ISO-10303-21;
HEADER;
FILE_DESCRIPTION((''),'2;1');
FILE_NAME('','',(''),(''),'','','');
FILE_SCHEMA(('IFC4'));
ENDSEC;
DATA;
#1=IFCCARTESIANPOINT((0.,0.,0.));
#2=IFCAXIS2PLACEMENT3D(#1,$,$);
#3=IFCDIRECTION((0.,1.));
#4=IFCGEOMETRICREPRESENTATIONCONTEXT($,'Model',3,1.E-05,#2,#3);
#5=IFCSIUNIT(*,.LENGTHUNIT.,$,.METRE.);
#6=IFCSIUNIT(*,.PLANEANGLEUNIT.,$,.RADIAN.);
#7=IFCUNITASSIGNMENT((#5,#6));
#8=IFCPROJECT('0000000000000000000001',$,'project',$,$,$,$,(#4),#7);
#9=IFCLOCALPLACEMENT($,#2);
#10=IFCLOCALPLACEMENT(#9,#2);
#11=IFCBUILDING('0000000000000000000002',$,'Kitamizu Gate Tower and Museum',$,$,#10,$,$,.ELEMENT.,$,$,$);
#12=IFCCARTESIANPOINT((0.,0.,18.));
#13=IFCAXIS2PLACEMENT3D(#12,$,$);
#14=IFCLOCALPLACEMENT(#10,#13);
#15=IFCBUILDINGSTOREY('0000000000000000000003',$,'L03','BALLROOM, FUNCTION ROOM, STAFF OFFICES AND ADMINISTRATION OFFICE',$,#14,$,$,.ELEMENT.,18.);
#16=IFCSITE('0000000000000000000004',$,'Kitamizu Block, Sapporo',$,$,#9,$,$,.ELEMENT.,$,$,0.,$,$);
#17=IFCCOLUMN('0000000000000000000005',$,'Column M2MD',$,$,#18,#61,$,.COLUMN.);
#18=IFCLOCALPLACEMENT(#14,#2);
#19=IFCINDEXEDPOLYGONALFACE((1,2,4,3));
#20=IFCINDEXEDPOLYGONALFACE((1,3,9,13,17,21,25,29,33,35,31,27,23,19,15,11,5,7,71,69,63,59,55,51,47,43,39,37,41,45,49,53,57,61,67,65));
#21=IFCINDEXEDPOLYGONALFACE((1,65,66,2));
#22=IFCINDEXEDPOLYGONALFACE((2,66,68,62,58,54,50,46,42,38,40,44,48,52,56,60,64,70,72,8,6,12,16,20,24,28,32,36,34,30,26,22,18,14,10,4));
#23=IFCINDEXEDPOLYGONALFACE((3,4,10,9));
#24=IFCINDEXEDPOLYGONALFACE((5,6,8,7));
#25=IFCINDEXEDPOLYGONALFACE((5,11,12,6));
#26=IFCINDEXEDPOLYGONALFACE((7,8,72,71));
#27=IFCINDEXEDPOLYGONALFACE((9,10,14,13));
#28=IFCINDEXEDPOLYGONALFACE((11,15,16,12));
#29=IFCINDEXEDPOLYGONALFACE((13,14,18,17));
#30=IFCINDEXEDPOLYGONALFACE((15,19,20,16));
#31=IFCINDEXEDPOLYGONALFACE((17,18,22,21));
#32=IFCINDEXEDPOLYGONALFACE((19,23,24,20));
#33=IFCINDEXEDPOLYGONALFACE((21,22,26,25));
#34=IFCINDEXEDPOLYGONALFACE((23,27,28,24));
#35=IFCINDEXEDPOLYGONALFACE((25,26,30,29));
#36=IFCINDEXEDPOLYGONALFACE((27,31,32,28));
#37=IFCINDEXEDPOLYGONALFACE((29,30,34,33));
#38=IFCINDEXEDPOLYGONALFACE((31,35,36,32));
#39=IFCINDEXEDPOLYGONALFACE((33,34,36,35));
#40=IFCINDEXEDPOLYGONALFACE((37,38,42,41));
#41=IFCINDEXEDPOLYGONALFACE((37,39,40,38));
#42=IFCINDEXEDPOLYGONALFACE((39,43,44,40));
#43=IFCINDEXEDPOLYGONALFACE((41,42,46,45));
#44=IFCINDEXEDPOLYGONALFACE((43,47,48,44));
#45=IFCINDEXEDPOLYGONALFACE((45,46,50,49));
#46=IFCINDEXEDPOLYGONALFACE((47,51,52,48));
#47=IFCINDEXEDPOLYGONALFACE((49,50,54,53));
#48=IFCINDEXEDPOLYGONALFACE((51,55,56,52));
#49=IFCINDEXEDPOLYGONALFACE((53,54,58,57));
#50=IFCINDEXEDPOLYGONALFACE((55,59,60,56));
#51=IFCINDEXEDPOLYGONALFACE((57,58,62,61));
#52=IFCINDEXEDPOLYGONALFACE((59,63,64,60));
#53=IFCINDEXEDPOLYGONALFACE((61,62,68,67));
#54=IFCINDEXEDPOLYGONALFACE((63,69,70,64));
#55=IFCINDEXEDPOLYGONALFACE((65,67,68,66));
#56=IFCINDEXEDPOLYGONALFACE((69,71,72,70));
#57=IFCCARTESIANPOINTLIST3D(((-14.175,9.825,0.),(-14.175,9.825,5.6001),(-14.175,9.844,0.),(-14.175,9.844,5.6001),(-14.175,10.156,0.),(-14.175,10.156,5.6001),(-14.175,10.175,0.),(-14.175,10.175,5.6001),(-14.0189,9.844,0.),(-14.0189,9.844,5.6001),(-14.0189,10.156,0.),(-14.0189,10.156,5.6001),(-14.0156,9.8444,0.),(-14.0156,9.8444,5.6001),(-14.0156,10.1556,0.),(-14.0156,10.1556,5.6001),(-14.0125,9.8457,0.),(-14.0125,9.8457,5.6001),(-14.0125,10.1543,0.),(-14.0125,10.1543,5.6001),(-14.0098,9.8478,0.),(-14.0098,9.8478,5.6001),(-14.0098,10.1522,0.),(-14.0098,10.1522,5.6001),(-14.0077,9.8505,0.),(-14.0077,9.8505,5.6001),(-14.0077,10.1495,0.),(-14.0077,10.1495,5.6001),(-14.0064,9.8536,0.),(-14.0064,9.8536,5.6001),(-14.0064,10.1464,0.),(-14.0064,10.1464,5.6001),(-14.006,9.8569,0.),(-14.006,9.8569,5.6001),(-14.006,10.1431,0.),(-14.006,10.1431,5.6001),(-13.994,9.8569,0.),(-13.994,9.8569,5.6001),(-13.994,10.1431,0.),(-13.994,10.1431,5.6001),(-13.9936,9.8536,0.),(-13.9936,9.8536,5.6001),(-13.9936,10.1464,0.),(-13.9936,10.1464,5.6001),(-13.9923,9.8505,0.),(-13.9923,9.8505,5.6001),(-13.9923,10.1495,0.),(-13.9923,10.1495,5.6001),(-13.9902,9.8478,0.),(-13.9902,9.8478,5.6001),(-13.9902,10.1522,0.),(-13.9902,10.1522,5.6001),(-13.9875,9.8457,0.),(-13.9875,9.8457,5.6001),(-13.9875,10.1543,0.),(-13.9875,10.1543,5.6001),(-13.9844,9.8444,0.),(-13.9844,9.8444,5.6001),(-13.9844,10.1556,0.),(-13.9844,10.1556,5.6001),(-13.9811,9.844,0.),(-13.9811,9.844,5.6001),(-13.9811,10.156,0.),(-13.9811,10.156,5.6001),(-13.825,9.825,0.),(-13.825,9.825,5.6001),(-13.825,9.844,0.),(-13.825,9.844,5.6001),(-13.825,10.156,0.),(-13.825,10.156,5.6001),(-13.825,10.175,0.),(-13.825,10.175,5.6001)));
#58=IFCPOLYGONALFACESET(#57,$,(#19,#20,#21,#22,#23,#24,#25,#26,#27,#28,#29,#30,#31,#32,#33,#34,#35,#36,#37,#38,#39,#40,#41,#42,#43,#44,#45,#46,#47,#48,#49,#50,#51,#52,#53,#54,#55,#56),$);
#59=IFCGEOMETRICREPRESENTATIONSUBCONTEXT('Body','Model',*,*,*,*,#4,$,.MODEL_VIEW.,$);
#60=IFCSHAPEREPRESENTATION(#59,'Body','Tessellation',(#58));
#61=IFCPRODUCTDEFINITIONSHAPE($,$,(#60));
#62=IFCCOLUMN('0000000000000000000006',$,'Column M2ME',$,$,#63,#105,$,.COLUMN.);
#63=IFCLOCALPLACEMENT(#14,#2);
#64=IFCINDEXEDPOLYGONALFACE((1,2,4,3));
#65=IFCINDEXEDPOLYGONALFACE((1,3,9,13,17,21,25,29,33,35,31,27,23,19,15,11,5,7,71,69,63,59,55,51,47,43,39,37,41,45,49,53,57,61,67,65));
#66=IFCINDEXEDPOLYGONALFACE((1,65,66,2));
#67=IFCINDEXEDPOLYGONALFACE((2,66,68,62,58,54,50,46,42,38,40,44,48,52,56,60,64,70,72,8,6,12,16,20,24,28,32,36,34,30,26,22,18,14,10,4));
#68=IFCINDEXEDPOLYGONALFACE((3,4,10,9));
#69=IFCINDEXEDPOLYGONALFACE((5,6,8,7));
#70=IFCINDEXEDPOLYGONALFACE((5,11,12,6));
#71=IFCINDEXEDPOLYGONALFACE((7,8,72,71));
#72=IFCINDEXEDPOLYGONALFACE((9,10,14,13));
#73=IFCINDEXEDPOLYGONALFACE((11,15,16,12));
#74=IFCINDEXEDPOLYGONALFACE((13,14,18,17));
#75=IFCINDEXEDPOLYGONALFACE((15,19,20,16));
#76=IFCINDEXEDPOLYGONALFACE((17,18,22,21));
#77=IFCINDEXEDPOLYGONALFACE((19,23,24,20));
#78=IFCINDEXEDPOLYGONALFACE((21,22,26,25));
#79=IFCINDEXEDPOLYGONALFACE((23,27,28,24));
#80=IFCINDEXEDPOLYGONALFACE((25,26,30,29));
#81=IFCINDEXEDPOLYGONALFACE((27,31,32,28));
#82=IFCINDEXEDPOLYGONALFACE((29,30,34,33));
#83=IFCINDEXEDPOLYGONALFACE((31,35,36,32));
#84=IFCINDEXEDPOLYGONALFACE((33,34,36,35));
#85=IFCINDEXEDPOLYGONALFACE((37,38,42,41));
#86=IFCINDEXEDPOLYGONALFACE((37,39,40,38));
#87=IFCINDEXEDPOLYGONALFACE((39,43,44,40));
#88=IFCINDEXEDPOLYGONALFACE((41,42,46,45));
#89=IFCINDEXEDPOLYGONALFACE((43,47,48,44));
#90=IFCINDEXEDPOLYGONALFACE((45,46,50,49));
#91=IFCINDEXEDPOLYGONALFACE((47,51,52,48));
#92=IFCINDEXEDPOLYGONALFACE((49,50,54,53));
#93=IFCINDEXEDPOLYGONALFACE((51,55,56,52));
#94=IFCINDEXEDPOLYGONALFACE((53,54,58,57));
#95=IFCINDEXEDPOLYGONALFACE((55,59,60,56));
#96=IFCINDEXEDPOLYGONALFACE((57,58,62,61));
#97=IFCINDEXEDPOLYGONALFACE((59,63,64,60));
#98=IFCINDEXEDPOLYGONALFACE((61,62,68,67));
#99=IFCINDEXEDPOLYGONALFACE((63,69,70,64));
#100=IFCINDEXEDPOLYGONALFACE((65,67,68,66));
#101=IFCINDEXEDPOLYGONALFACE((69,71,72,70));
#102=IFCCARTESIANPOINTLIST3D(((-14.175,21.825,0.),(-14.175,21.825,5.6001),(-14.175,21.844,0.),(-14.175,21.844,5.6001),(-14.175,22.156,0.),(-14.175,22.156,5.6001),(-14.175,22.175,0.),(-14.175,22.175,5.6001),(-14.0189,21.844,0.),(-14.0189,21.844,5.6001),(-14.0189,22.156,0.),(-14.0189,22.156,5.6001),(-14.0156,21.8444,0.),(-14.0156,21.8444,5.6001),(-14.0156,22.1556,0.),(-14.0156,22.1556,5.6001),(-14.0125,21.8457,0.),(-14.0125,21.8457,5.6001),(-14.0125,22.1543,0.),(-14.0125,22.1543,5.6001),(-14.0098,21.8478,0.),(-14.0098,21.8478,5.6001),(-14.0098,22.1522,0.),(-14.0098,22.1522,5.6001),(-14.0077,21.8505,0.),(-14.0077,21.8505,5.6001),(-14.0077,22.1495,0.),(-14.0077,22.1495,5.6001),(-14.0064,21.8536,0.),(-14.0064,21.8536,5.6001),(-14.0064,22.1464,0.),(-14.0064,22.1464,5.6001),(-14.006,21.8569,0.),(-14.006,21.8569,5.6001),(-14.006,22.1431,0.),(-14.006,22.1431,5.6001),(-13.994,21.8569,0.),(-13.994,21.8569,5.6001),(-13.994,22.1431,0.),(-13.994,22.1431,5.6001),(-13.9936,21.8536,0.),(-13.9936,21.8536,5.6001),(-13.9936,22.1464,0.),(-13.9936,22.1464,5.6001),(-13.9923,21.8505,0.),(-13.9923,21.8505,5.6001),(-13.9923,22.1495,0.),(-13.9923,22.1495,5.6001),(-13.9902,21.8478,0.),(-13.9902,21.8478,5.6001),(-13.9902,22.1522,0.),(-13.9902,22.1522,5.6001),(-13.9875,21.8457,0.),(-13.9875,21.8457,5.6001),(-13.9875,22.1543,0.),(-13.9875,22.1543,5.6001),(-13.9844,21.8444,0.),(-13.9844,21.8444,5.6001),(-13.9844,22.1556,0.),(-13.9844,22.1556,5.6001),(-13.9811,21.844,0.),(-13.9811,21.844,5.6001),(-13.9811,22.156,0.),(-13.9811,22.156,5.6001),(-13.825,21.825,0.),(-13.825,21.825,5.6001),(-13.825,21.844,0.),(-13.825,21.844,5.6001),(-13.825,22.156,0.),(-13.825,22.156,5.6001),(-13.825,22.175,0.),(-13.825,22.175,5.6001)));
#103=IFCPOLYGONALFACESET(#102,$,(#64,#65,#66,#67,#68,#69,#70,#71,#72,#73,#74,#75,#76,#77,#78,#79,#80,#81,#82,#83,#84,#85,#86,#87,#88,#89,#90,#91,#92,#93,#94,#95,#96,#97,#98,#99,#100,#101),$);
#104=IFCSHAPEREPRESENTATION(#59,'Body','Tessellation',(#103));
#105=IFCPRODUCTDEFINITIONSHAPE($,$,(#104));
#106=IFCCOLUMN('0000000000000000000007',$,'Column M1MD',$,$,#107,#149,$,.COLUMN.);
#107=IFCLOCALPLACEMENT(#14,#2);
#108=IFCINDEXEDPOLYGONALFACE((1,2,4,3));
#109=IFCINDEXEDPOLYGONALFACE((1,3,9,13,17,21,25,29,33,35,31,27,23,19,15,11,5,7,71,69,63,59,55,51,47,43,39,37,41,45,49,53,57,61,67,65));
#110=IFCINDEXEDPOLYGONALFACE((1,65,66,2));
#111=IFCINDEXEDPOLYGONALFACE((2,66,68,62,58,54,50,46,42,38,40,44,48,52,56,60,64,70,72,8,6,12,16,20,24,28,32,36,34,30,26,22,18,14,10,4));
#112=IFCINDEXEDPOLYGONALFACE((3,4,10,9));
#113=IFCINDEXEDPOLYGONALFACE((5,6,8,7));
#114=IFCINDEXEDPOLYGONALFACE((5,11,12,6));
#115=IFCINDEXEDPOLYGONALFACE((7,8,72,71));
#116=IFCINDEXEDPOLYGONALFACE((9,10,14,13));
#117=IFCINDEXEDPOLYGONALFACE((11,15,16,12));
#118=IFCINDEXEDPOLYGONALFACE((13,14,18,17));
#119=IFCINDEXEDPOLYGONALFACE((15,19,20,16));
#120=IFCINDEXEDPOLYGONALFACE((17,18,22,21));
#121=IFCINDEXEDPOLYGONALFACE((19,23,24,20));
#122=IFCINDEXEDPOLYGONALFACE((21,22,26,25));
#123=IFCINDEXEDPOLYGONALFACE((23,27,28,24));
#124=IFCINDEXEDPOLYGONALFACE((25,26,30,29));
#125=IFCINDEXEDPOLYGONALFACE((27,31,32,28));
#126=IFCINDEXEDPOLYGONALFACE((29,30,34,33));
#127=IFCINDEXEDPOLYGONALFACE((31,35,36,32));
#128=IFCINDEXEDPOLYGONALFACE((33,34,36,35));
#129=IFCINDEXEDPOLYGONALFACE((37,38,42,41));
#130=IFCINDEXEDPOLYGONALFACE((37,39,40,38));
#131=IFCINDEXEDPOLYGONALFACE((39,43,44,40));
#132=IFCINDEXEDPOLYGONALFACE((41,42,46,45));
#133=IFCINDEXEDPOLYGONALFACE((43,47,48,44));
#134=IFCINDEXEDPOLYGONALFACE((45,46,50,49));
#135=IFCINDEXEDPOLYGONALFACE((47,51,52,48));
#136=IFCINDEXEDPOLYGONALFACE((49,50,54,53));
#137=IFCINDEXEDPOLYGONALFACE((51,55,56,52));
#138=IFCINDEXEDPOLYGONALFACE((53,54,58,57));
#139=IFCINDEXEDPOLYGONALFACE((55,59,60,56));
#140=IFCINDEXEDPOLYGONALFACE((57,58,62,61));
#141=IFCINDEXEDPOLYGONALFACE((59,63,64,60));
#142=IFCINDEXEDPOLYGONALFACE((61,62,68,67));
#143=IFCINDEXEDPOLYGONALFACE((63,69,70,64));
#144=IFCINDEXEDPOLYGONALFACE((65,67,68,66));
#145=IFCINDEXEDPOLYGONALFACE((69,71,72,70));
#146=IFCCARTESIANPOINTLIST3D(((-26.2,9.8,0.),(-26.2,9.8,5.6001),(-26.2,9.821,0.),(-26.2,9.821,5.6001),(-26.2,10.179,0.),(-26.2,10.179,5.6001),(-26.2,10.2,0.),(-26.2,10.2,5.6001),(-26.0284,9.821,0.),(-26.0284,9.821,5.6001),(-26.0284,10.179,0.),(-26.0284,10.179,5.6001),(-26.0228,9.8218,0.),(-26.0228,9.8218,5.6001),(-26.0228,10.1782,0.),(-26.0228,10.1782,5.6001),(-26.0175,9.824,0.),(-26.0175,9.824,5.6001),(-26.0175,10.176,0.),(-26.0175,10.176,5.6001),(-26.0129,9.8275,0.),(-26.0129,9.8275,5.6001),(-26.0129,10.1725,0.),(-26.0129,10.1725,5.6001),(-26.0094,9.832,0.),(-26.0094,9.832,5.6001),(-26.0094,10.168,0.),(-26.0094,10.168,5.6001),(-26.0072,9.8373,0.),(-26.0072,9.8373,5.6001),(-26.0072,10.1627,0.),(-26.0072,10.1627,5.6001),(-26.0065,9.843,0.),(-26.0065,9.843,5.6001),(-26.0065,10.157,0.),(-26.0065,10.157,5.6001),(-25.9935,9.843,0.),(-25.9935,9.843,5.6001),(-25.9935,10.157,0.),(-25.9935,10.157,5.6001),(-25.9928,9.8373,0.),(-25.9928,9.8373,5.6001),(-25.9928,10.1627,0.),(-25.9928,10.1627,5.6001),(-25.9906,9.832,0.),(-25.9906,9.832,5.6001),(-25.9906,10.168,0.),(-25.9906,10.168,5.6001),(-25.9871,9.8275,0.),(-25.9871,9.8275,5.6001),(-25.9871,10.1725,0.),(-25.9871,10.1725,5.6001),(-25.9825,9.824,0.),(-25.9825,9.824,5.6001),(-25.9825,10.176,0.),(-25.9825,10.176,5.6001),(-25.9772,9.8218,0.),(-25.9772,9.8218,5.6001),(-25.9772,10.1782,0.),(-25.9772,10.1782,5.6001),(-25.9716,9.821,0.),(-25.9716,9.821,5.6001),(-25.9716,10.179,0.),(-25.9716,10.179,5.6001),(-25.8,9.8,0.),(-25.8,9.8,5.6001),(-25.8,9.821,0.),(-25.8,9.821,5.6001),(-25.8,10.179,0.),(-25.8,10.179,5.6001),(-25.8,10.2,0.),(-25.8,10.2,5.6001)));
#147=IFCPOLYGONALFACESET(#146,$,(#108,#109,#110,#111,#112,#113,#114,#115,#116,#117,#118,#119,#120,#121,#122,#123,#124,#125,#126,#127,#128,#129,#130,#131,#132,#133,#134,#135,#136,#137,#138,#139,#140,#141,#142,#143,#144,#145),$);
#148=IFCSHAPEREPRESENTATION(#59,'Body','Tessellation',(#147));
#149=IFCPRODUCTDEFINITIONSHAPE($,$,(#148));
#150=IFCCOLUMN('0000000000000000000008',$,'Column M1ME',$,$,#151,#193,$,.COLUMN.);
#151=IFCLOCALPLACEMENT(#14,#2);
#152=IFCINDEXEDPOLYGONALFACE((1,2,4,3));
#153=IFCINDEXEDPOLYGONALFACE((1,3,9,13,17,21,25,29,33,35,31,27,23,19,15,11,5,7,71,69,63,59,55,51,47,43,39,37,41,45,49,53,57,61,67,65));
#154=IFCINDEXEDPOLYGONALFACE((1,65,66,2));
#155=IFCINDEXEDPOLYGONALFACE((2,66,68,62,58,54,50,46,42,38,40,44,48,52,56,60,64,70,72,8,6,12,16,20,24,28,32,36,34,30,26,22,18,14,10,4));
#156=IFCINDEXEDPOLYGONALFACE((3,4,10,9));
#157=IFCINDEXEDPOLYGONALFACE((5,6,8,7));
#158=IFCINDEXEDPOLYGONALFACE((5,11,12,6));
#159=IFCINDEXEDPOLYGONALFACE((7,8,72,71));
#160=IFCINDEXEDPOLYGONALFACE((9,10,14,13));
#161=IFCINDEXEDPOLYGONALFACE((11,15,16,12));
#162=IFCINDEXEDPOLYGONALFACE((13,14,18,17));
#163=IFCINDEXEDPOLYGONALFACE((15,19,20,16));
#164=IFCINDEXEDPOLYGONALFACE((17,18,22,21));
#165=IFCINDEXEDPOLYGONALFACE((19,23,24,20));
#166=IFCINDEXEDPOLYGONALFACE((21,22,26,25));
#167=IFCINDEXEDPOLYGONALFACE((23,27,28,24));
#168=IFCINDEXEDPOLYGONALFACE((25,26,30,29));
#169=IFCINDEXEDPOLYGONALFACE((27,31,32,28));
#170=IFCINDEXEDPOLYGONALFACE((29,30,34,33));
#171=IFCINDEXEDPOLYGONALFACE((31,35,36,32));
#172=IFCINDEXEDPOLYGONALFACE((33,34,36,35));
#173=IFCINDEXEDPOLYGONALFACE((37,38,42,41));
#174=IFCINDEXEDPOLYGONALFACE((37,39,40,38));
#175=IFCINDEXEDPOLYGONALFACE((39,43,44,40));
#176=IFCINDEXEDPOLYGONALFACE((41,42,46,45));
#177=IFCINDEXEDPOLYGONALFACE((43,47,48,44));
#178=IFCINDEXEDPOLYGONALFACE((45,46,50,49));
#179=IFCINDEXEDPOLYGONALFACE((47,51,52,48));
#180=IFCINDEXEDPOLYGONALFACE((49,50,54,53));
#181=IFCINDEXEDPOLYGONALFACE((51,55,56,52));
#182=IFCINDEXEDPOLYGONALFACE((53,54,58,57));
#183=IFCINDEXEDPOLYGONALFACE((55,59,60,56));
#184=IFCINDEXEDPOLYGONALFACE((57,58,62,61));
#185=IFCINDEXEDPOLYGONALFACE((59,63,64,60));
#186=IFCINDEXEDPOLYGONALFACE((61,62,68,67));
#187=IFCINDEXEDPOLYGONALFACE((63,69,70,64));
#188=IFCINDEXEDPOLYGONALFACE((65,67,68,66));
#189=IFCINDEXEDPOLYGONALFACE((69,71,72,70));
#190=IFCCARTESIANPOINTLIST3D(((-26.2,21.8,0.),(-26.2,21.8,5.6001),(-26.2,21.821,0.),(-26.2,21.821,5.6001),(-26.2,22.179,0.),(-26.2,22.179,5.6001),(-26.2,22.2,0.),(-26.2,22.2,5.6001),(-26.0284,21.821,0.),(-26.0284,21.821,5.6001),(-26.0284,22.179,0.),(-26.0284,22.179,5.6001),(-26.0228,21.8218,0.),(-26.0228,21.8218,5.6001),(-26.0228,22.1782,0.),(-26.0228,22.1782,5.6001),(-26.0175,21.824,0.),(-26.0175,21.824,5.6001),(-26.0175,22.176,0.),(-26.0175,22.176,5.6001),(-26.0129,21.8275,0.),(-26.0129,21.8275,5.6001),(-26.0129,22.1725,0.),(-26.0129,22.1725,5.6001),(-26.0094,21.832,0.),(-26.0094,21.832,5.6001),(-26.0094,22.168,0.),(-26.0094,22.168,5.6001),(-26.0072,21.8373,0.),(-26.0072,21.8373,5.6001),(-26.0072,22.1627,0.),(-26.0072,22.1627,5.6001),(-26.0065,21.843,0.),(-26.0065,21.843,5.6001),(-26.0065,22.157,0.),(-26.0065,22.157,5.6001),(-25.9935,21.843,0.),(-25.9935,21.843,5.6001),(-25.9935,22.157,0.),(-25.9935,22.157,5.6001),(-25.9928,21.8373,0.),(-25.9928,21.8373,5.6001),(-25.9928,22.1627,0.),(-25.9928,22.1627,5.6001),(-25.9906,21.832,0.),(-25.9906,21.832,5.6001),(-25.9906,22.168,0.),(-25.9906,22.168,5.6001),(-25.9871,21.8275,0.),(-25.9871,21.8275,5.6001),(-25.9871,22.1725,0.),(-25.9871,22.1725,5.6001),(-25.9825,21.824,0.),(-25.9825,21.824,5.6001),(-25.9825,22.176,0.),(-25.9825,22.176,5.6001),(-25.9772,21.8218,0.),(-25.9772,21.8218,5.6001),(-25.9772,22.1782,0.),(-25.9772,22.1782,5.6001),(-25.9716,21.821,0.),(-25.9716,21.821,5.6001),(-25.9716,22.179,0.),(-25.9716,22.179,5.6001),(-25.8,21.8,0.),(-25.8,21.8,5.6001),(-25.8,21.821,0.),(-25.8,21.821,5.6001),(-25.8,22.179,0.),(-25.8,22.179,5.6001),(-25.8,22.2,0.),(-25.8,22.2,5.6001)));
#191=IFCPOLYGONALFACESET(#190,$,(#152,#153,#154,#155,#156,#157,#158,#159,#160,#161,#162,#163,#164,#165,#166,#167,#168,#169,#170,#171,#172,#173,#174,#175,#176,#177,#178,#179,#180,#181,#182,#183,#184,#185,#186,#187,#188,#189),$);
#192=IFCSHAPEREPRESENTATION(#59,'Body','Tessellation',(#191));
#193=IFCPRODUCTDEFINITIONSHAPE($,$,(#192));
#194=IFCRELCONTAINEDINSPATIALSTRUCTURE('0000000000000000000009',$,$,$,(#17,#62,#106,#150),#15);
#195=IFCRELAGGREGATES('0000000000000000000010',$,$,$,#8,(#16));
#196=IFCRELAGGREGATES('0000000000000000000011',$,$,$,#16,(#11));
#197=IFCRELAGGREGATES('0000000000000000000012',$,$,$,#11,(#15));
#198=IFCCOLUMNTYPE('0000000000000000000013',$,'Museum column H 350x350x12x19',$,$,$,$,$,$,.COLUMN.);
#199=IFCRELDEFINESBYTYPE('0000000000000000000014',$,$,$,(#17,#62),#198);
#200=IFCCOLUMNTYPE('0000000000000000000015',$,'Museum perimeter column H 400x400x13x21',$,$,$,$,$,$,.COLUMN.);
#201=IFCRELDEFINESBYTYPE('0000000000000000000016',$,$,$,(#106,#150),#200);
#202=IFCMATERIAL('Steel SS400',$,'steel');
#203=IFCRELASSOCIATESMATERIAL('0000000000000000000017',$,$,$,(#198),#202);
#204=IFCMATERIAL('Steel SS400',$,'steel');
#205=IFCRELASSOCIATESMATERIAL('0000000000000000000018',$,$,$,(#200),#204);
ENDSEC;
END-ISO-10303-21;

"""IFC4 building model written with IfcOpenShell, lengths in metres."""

from ifc_helpers import new_model, si_unit, direction, frame, origin, origin_2d, place, context, subcontext, project, spatial, i_section, extrude, material, material_profile, profile_set, type_object, element, save


model = new_model("IFC4")

# Units and contexts
model_context = context("Model", 3, precision=1e-05, world=origin(), true_north=direction((0.0, 1.0)))
body_context = subcontext(model_context, "Body", "Model", "MODEL_VIEW")
ifc_project = project(units=[si_unit("LENGTHUNIT", "METRE"), si_unit("PLANEANGLEUNIT", "RADIAN")], contexts=[model_context])

# Site, building, storey
site_placement = place(None, origin())
site = spatial("IfcSite", under=ifc_project, at=site_placement, Name="Kitamizu Block, Sapporo", CompositionType="ELEMENT", RefElevation=0.0)
building_placement = place(site_placement, origin())
building = spatial("IfcBuilding", under=site, at=building_placement, Name="Kitamizu Gate Tower and Museum", CompositionType="ELEMENT")
storey_placement = place(building_placement, frame((0.0, 0.0, 18.0)))
storey = spatial("IfcBuildingStorey", under=building, at=storey_placement, Name="L03", Description="BALLROOM, FUNCTION ROOM, STAFF OFFICES AND ADMINISTRATION OFFICE", CompositionType="ELEMENT", Elevation=18.0)

# Columns
ifc_material_1 = material(Name="Steel SS400", Category="steel")
ifc_material_profile_1 = material_profile(ifc_material_1, i_section(OverallWidth=0.3501, OverallDepth=0.3501, WebThickness=0.012, FlangeThickness=0.019, FilletRadius=0.0129, at=origin_2d()), Name="H-350x350x12x19")
ifc_profile_set_1 = profile_set([ifc_material_profile_1], Name="Steel SS400")
column_type_1 = type_object("IfcColumnType", Name="Museum column H 350x350x12x19", PredefinedType="COLUMN", material=ifc_profile_set_1)
for number, where, z_axis, x_axis, name in (
    (1, (-14.0, 10.0, 0.0), (0.0, 0.0, 1.0), (1.0, 0.0, 0.0), "Column M2MD"),
    (2, (-14.0, 22.0, 0.0), (0.0, 0.0, 1.0), (1.0, 0.0, 0.0), "Column M2ME"),
):
    element("IfcColumn", number, at=place(storey_placement, frame(where, z_axis=z_axis, x_axis=x_axis)), inside=storey, type_object=column_type_1, Name=name, PredefinedType="COLUMN", context=body_context, shape_type="SweptSolid", body=[
        extrude(i_section(OverallWidth=0.3501, OverallDepth=0.3501, WebThickness=0.012, FlangeThickness=0.019, FilletRadius=0.0129, at=origin_2d()), origin(), (0.0, 0.0, 1.0), 5.6001),
    ])
ifc_material_2 = material(Name="Steel SS400", Category="steel")
ifc_material_profile_2 = material_profile(ifc_material_2, i_section(OverallWidth=0.3999, OverallDepth=0.3999, WebThickness=0.0129, FlangeThickness=0.021, FilletRadius=0.022, at=origin_2d()), Name="H-400x400x13x21")
ifc_profile_set_2 = profile_set([ifc_material_profile_2], Name="Steel SS400")
column_type_2 = type_object("IfcColumnType", Name="Museum perimeter column H 400x400x13x21", PredefinedType="COLUMN", material=ifc_profile_set_2)
for number, where, z_axis, x_axis, name in (
    (3, (-26.0, 10.0, 0.0), (0.0, 0.0, 1.0), (1.0, 0.0, 0.0), "Column M1MD"),
    (4, (-26.0, 22.0, 0.0), (0.0, 0.0, 1.0), (1.0, 0.0, 0.0), "Column M1ME"),
):
    element("IfcColumn", number, at=place(storey_placement, frame(where, z_axis=z_axis, x_axis=x_axis)), inside=storey, type_object=column_type_2, Name=name, PredefinedType="COLUMN", context=body_context, shape_type="SweptSolid", body=[
        extrude(i_section(OverallWidth=0.3999, OverallDepth=0.3999, WebThickness=0.0129, FlangeThickness=0.021, FilletRadius=0.022, at=origin_2d()), origin(), (0.0, 0.0, 1.0), 5.6001),
    ])

save(model, "model.ifc")
